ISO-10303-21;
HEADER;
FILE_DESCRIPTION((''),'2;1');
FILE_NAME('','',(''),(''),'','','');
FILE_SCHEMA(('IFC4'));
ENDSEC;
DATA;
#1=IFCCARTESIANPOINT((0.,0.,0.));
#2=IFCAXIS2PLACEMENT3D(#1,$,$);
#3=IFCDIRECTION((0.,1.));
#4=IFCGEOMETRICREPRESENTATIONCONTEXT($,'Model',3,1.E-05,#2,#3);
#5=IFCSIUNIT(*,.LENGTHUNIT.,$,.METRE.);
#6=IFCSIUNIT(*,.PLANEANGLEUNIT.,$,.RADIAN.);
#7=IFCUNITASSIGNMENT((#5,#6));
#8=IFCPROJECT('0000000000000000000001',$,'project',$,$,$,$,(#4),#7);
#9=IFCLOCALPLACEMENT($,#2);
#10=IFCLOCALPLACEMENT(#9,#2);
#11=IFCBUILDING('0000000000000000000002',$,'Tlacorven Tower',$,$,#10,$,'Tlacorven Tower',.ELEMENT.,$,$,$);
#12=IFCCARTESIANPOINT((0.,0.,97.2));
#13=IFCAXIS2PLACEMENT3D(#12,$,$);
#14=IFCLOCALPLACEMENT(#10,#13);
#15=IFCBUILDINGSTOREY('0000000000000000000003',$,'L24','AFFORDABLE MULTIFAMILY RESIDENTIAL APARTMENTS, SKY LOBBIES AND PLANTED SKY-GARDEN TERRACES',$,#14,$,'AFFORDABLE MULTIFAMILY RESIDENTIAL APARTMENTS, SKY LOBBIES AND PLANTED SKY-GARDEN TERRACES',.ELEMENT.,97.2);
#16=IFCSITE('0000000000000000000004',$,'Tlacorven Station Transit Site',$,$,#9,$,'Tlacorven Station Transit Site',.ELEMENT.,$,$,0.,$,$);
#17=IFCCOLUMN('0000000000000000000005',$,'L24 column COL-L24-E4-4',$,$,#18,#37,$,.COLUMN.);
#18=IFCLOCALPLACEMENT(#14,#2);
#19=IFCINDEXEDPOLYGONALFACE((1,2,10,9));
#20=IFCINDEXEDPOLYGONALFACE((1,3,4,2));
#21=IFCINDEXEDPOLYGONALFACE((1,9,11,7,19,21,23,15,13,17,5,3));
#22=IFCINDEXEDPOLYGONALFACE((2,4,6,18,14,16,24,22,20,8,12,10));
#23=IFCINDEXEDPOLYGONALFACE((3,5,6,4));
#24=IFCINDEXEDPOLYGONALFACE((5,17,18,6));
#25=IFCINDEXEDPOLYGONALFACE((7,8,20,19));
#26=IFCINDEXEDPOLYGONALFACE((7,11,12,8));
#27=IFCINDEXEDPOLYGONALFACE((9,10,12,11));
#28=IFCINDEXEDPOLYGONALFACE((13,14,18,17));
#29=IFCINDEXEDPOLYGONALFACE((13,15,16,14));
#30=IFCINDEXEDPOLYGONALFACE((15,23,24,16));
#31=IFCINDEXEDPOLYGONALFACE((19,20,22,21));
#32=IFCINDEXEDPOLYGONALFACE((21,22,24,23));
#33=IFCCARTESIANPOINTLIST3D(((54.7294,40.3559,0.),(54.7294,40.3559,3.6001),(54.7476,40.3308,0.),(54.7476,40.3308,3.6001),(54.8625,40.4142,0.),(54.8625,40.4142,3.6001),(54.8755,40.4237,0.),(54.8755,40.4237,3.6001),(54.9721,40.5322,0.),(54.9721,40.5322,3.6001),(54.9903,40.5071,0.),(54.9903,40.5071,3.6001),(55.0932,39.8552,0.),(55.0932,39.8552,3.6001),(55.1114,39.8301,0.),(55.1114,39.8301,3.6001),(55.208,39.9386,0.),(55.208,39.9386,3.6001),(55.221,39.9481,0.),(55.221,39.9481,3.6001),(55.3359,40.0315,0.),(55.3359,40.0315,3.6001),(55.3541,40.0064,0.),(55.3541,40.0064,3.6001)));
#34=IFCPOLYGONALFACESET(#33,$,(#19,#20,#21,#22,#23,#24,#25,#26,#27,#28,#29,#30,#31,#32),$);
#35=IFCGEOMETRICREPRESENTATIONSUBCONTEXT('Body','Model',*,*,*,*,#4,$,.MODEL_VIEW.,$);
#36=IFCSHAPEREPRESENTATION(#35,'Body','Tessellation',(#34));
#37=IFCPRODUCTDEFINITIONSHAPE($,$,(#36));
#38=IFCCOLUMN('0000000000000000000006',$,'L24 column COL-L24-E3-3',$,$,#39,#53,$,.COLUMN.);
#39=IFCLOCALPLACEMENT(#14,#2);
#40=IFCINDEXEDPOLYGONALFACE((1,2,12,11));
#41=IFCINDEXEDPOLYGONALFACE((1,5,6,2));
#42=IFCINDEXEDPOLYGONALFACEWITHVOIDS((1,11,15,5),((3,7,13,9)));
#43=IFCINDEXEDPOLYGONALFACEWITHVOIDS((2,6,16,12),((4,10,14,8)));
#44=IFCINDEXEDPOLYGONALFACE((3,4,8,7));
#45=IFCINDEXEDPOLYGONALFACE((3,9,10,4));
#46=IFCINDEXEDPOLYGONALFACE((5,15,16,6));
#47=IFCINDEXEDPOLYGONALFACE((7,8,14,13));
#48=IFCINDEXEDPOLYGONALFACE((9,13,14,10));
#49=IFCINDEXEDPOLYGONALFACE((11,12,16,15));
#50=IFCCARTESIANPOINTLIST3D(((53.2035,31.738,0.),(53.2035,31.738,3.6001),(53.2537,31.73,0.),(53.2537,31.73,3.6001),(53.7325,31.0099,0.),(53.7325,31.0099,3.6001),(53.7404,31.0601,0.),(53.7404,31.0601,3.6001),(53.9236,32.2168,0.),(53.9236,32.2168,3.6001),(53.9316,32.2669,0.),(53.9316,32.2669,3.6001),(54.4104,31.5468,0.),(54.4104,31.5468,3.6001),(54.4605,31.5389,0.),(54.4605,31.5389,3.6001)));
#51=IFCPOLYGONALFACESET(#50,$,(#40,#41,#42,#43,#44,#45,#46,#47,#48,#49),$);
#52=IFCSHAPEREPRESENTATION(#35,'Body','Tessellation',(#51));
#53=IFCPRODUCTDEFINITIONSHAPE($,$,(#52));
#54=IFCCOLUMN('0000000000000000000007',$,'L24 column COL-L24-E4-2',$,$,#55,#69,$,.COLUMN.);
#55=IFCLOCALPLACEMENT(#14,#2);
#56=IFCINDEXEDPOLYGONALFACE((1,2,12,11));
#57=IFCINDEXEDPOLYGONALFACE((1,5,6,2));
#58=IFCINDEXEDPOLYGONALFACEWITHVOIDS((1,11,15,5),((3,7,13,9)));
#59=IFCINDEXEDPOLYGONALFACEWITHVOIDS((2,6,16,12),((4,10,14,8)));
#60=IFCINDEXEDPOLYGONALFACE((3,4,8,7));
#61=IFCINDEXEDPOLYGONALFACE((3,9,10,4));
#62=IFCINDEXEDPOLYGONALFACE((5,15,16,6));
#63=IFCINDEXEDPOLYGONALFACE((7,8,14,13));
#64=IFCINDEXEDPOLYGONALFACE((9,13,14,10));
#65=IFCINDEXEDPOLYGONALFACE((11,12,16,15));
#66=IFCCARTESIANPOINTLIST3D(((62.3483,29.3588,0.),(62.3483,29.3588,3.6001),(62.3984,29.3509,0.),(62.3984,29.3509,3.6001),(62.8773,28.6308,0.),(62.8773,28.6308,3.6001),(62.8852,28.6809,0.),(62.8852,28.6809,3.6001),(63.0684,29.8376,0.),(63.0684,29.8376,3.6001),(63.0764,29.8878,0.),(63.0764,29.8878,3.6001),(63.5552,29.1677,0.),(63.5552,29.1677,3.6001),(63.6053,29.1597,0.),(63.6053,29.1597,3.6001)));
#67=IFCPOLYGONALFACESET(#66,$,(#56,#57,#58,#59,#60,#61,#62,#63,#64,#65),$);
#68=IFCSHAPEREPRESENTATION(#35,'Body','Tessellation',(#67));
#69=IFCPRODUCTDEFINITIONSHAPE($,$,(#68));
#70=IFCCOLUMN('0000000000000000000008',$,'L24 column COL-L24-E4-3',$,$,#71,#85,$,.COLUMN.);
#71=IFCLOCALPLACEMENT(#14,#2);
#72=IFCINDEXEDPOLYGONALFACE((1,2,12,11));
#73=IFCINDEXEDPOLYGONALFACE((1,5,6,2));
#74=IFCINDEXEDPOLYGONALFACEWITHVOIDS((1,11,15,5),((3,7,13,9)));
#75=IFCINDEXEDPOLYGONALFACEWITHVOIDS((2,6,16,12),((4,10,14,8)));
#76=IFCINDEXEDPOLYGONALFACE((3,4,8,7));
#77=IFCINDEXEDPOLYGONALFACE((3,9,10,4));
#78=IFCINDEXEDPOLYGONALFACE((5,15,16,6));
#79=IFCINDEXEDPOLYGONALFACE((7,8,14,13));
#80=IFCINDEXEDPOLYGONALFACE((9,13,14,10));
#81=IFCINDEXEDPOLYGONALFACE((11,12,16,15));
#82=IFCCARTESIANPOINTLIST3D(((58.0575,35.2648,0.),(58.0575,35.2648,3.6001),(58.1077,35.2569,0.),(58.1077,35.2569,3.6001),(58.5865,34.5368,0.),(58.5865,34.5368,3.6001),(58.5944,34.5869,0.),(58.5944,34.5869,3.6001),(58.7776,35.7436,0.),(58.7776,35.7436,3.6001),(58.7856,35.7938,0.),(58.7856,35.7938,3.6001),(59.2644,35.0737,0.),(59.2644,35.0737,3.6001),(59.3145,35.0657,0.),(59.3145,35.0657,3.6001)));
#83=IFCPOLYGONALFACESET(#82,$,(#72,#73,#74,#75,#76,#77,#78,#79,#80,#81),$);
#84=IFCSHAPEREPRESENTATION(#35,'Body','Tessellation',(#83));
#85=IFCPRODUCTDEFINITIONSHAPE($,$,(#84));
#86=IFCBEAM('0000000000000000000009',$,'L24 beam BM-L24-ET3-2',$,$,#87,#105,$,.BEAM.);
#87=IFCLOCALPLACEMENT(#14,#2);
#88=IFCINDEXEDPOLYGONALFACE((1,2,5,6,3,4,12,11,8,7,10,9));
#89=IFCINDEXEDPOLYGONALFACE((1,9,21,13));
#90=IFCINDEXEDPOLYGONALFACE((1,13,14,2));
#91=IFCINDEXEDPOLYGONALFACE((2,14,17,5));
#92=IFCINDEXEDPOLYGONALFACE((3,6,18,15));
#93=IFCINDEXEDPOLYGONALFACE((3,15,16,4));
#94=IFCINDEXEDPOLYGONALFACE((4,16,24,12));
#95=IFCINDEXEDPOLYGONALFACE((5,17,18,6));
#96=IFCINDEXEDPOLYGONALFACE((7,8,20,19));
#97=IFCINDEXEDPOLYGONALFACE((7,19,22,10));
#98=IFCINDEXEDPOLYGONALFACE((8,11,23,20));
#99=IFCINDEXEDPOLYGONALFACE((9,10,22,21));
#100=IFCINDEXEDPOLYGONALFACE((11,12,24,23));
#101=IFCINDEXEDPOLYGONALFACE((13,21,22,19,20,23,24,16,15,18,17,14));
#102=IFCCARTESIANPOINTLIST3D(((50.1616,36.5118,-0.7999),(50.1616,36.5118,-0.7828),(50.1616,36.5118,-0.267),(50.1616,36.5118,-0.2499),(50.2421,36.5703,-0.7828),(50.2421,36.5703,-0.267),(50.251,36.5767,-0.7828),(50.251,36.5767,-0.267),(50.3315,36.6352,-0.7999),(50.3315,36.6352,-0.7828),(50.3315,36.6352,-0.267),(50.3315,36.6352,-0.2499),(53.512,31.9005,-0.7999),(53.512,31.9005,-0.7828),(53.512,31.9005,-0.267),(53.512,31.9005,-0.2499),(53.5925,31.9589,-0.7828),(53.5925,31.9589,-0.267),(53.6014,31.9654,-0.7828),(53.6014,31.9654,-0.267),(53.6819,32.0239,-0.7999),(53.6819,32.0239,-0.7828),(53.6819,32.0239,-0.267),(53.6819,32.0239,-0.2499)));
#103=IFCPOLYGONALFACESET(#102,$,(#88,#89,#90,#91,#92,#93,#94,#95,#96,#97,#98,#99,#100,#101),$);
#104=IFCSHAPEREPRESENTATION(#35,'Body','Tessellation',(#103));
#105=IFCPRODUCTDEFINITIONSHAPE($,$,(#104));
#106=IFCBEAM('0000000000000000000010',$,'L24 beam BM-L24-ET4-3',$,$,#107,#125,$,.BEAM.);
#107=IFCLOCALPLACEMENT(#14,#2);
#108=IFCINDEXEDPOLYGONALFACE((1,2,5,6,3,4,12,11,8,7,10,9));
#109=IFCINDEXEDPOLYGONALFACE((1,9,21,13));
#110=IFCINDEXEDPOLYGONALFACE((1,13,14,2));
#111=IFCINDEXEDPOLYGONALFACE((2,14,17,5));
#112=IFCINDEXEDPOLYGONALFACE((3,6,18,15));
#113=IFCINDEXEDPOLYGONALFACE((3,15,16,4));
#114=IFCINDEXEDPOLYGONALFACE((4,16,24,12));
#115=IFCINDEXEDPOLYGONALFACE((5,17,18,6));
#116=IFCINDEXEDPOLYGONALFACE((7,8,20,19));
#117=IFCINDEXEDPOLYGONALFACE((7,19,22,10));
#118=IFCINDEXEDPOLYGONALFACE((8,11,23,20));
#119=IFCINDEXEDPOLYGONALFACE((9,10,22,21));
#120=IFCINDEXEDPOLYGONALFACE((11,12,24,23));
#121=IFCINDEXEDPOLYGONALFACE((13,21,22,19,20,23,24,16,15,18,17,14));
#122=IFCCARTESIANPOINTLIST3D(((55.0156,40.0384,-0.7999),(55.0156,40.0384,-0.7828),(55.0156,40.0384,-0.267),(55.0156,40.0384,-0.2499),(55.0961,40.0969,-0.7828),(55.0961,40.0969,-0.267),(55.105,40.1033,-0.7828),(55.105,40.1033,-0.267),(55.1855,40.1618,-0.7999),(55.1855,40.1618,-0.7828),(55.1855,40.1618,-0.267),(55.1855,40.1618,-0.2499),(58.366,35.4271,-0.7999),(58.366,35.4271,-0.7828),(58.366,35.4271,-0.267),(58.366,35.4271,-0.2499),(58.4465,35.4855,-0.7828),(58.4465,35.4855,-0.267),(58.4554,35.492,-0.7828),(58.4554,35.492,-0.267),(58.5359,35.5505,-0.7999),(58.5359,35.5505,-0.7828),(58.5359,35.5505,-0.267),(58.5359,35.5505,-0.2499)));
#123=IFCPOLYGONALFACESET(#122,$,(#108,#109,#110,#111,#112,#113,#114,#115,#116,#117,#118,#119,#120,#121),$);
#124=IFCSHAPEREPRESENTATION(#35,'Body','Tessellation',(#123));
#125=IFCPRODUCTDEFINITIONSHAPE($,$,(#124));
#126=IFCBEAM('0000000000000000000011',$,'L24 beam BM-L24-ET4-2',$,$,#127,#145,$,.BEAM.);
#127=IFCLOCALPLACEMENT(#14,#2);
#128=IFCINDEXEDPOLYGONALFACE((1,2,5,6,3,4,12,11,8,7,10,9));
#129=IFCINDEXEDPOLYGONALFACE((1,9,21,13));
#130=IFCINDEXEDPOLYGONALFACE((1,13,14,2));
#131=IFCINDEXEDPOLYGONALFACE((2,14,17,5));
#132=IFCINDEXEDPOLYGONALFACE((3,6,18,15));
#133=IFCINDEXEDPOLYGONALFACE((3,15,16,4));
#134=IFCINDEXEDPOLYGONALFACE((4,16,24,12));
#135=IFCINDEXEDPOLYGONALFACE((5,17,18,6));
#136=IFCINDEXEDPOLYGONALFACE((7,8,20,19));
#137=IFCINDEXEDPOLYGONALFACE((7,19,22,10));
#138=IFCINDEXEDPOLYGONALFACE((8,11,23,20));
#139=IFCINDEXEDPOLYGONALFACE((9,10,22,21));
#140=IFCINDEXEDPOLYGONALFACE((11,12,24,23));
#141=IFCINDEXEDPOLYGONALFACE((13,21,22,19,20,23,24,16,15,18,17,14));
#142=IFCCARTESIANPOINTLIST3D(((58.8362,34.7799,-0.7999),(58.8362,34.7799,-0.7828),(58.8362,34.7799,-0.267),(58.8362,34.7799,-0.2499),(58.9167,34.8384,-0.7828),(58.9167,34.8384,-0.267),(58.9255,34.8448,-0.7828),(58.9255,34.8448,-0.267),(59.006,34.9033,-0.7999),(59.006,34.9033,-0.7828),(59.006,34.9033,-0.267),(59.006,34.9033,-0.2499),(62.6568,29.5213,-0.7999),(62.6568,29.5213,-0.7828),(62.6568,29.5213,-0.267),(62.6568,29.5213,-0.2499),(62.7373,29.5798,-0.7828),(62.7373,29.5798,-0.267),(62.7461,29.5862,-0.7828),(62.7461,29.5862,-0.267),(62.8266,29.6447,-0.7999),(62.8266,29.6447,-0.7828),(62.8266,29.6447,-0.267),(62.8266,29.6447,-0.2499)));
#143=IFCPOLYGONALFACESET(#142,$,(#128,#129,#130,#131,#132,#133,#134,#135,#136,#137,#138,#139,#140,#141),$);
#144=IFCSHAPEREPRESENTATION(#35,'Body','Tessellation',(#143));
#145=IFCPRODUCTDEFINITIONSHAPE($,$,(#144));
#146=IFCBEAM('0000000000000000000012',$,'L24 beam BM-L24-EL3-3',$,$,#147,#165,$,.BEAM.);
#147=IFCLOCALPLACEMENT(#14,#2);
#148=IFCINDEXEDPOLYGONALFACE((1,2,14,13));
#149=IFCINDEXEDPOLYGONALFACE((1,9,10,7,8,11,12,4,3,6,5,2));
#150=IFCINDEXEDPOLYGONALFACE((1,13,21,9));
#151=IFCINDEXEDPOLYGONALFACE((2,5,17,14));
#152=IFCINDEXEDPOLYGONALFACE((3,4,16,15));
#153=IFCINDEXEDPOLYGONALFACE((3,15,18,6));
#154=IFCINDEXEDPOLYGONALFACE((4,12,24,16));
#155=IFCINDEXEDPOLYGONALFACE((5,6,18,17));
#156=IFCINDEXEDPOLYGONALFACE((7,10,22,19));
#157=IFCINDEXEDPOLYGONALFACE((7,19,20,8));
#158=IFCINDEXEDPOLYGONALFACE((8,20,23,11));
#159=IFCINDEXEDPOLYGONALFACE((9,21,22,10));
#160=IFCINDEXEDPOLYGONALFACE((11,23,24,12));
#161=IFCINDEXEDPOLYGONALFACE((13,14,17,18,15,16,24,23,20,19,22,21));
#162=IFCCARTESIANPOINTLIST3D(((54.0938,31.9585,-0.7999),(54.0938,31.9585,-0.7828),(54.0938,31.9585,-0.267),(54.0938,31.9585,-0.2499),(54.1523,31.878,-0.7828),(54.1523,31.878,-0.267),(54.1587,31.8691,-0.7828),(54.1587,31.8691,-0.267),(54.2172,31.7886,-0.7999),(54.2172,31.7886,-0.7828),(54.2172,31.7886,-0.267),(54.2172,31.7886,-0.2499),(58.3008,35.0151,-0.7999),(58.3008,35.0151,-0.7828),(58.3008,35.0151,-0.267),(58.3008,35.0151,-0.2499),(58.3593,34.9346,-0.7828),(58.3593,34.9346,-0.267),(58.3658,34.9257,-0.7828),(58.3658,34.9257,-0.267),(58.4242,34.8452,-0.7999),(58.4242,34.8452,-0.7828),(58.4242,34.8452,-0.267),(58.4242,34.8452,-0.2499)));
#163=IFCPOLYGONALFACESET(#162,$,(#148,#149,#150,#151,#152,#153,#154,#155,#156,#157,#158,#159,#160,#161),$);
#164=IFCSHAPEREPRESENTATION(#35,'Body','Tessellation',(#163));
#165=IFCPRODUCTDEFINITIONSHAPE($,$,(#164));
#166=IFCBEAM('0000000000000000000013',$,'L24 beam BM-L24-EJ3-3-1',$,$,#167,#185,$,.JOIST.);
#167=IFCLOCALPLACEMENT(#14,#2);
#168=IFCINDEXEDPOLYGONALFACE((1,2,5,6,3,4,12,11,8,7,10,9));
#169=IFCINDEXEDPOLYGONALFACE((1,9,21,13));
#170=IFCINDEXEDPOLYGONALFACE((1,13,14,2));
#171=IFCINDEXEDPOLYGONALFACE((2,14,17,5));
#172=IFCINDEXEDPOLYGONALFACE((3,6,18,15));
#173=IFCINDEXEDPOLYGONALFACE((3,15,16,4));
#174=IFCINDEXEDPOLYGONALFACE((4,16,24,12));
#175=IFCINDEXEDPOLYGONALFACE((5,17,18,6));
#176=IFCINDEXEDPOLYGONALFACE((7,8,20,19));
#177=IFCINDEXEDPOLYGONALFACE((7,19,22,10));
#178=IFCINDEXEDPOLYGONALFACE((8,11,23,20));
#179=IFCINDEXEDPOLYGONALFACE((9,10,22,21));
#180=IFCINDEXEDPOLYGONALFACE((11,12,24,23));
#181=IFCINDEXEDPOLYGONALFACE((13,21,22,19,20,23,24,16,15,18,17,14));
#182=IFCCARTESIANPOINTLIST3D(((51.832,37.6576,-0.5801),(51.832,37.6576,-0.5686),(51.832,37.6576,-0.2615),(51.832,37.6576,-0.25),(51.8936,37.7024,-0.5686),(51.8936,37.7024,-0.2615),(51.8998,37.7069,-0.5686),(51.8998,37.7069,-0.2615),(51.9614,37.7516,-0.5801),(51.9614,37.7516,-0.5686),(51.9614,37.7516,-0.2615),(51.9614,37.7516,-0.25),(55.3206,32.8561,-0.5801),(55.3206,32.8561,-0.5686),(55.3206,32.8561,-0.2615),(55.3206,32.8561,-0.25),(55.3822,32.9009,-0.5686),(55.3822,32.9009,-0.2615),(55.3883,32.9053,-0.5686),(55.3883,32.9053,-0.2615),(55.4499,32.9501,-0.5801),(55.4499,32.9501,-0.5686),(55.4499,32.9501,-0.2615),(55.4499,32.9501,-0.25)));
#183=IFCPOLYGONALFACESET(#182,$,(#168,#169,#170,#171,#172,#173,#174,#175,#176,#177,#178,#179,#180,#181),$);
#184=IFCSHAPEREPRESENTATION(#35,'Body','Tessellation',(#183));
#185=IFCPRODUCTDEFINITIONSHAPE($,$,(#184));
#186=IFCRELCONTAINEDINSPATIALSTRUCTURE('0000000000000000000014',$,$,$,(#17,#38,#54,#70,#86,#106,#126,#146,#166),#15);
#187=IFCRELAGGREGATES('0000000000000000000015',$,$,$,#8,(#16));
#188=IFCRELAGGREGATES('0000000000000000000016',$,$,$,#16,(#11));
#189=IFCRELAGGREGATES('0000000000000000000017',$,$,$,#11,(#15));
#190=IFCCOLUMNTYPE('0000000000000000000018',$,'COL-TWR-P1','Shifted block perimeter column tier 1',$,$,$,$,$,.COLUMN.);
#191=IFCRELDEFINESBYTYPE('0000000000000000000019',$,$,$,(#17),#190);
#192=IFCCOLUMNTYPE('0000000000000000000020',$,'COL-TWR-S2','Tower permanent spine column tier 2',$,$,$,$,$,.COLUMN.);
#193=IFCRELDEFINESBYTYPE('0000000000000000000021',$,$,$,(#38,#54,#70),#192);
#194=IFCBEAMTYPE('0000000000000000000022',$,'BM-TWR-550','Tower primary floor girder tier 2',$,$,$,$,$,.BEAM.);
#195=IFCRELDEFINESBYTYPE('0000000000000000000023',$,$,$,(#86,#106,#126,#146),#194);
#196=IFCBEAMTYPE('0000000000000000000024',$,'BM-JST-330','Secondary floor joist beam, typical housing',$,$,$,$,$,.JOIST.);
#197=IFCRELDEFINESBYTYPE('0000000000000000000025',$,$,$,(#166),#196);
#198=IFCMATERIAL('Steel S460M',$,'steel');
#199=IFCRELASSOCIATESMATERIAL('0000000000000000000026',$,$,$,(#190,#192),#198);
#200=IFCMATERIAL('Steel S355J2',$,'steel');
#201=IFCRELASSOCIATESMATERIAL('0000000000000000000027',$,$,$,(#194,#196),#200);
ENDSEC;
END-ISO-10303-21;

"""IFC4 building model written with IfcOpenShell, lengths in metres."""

from ifc_helpers import new_model, si_unit, direction, frame, origin, origin_2d, place, context, subcontext, project, spatial, hollow_rectangle, i_section, extrude, source, transform, mapped, material, material_profile, profile_set, type_object, element, save


model = new_model("IFC4")

# Units and contexts
model_context = context("Model", 3, precision=1e-05, world=origin(), true_north=direction((0.0, 1.0)))
body_context = subcontext(model_context, "Body", "Model", "MODEL_VIEW")
ifc_project = project(units=[si_unit("LENGTHUNIT", "METRE"), si_unit("PLANEANGLEUNIT", "RADIAN")], contexts=[model_context])

# Site, building, storey
site_placement = place(None, origin())
site = spatial("IfcSite", under=ifc_project, at=site_placement, Name="Tlacorven Station Transit Site", LongName="Tlacorven Station Transit Site", CompositionType="ELEMENT", RefElevation=0.0)
building_placement = place(site_placement, origin())
building = spatial("IfcBuilding", under=site, at=building_placement, Name="Tlacorven Tower", LongName="Tlacorven Tower", CompositionType="ELEMENT")
storey_placement = place(building_placement, frame((0.0, 0.0, 97.2)))
storey = spatial("IfcBuildingStorey", under=building, at=storey_placement, Name="L24", Description="AFFORDABLE MULTIFAMILY RESIDENTIAL APARTMENTS, SKY LOBBIES AND PLANTED SKY-GARDEN TERRACES", LongName="AFFORDABLE MULTIFAMILY RESIDENTIAL APARTMENTS, SKY LOBBIES AND PLANTED SKY-GARDEN TERRACES", CompositionType="ELEMENT", Elevation=97.2)

# Columns
ifc_material_1 = material(Name="Steel S460M", Category="steel")
ifc_material_profile_1 = material_profile(ifc_material_1, i_section(OverallWidth=0.3, OverallDepth=0.6499, WebThickness=0.0161, FlangeThickness=0.031, at=origin_2d()), Name="HEB 650")
ifc_profile_set_1 = profile_set([ifc_material_profile_1], Name="Steel S460M")
column_type_1 = type_object("IfcColumnType", Name="COL-TWR-P1", Description="Shifted block perimeter column tier 1", PredefinedType="COLUMN", material=ifc_profile_set_1)
shared_shape_1 = source(origin(), body_context, "Body", "SweptSolid", [
    extrude(i_section(OverallWidth=0.3, OverallDepth=0.6499, WebThickness=0.0161, FlangeThickness=0.031, at=origin_2d()), origin(), (0.0, 0.0, 1.0), 3.6001),
])
column_placement = place(storey_placement, frame((55.0417, 40.1812, 0.0), z_axis=(0.0, 0.0, 1.0), x_axis=(0.809017, 0.587785, 0.0)))
element("IfcColumn", 1, at=column_placement, inside=storey, type_object=column_type_1, Name="L24 column COL-L24-E4-4", PredefinedType="COLUMN", context=body_context, shape_type="MappedRepresentation", body=[
    mapped(shared_shape_1, transform((0.0, 0.0, 0.0), scale=1.0)),
])
ifc_material_profile_2 = material_profile(ifc_material_1, hollow_rectangle(XDim=0.8999, YDim=0.8999, WallThickness=0.0359, at=origin_2d()), Name="BOX 900X900X36")
ifc_profile_set_2 = profile_set([ifc_material_profile_2], Name="Steel S460M")
column_type_2 = type_object("IfcColumnType", Name="COL-TWR-S2", Description="Tower permanent spine column tier 2", PredefinedType="COLUMN", material=ifc_profile_set_2)
shared_shape_2 = source(origin(), body_context, "Body", "SweptSolid", [
    extrude(hollow_rectangle(XDim=0.8999, YDim=0.8999, WallThickness=0.0359, at=origin_2d()), origin(), (0.0, 0.0, 1.0), 3.6001),
])
for number, where, z_axis, x_axis, name in (
    (2, (53.832, 31.6384, 0.0), (0.0, 0.0, 1.0), (0.809017, 0.587785, 0.0), "L24 column COL-L24-E3-3"),
    (3, (62.9768, 29.2593, 0.0), (0.0, 0.0, 1.0), (0.809017, 0.587785, 0.0), "L24 column COL-L24-E4-2"),
    (4, (58.686, 35.1653, 0.0), (0.0, 0.0, 1.0), (0.809017, 0.587785, 0.0), "L24 column COL-L24-E4-3"),
):
    element("IfcColumn", number, at=place(storey_placement, frame(where, z_axis=z_axis, x_axis=x_axis)), inside=storey, type_object=column_type_2, Name=name, PredefinedType="COLUMN", context=body_context, shape_type="MappedRepresentation", body=[
        mapped(shared_shape_2, transform((0.0, 0.0, 0.0), scale=1.0)),
    ])

# Beams
ifc_material_2 = material(Name="Steel S355J2", Category="steel")
ifc_material_profile_3 = material_profile(ifc_material_2, i_section(OverallWidth=0.21, OverallDepth=0.55, WebThickness=0.011, FlangeThickness=0.0171, at=origin_2d()), Name="IPE 550")
ifc_profile_set_3 = profile_set([ifc_material_profile_3], Name="Steel S355J2")
beam_type_1 = type_object("IfcBeamType", Name="BM-TWR-550", Description="Tower primary floor girder tier 2", PredefinedType="BEAM", material=ifc_profile_set_3)
shared_shape_3 = source(origin(), body_context, "Body", "SweptSolid", [
    extrude(i_section(OverallWidth=0.21, OverallDepth=0.55, WebThickness=0.011, FlangeThickness=0.0171, at=origin_2d()), origin(), (0.0, 0.0, 1.0), 5.7),
])
for number, where, z_axis, x_axis, name in (
    (5, (53.5969, 31.9622, -0.5249), (-0.587787, 0.809016, 0.0), (-0.809016, -0.587787, 0.0), "L24 beam BM-L24-ET3-2"),
    (6, (58.4509, 35.4888, -0.5249), (-0.587787, 0.809016, 0.0), (-0.809016, -0.587787, 0.0), "L24 beam BM-L24-ET4-3"),
):
    element("IfcBeam", number, at=place(storey_placement, frame(where, z_axis=z_axis, x_axis=x_axis)), inside=storey, type_object=beam_type_1, Name=name, PredefinedType="BEAM", context=body_context, shape_type="MappedRepresentation", body=[
        mapped(shared_shape_3, transform((0.0, 0.0, 0.0), scale=1.0)),
    ])
shared_shape_4 = source(origin(), body_context, "Body", "SweptSolid", [
    extrude(i_section(OverallWidth=0.21, OverallDepth=0.55, WebThickness=0.011, FlangeThickness=0.0171, at=origin_2d()), origin(), (0.0, 0.0, 1.0), 6.5),
])
beam_1_placement = place(storey_placement, frame((62.7417, 29.583, -0.5249), z_axis=(-0.587785, 0.809017, 0.0), x_axis=(-0.809017, -0.587785, 0.0)))
element("IfcBeam", 7, at=beam_1_placement, inside=storey, type_object=beam_type_1, Name="L24 beam BM-L24-ET4-2", PredefinedType="BEAM", context=body_context, shape_type="MappedRepresentation", body=[
    mapped(shared_shape_4, transform((0.0, 0.0, 0.0), scale=1.0)),
])
shared_shape_5 = source(origin(), body_context, "Body", "SweptSolid", [
    extrude(i_section(OverallWidth=0.21, OverallDepth=0.55, WebThickness=0.011, FlangeThickness=0.0171, at=origin_2d()), origin(), (0.0, 0.0, 1.0), 5.2002),
])
beam_2_placement = place(storey_placement, frame((54.1555, 31.8735, -0.5249), z_axis=(0.809012, 0.587792, 0.0), x_axis=(-0.587792, 0.809012, 0.0)))
element("IfcBeam", 8, at=beam_2_placement, inside=storey, type_object=beam_type_1, Name="L24 beam BM-L24-EL3-3", PredefinedType="BEAM", context=body_context, shape_type="MappedRepresentation", body=[
    mapped(shared_shape_5, transform((0.0, 0.0, 0.0), scale=1.0)),
])
ifc_material_profile_4 = material_profile(ifc_material_2, i_section(OverallWidth=0.1599, OverallDepth=0.3301, WebThickness=0.0076, FlangeThickness=0.0115, at=origin_2d()), Name="IPE 330")
ifc_profile_set_4 = profile_set([ifc_material_profile_4], Name="Steel S355J2")
beam_type_2 = type_object("IfcBeamType", Name="BM-JST-330", Description="Secondary floor joist beam, typical housing", PredefinedType="JOIST", material=ifc_profile_set_4)
shared_shape_6 = source(origin(), body_context, "Body", "SweptSolid", [
    extrude(i_section(OverallWidth=0.1599, OverallDepth=0.3301, WebThickness=0.0076, FlangeThickness=0.0115, at=origin_2d()), origin(), (0.0, 0.0, 1.0), 5.9351),
])
for number, where, z_axis, x_axis, name in (
    (9, (55.3853, 32.9031, -0.415), (-0.587788, 0.809015, 0.0), (-0.809015, -0.587788, 0.0), "L24 beam BM-L24-EJ3-3-1"),
):
    element("IfcBeam", number, at=place(storey_placement, frame(where, z_axis=z_axis, x_axis=x_axis)), inside=storey, type_object=beam_type_2, Name=name, PredefinedType="JOIST", context=body_context, shape_type="MappedRepresentation", body=[
        mapped(shared_shape_6, transform((0.0, 0.0, 0.0), scale=1.0)),
    ])

save(model, "model.ifc")
